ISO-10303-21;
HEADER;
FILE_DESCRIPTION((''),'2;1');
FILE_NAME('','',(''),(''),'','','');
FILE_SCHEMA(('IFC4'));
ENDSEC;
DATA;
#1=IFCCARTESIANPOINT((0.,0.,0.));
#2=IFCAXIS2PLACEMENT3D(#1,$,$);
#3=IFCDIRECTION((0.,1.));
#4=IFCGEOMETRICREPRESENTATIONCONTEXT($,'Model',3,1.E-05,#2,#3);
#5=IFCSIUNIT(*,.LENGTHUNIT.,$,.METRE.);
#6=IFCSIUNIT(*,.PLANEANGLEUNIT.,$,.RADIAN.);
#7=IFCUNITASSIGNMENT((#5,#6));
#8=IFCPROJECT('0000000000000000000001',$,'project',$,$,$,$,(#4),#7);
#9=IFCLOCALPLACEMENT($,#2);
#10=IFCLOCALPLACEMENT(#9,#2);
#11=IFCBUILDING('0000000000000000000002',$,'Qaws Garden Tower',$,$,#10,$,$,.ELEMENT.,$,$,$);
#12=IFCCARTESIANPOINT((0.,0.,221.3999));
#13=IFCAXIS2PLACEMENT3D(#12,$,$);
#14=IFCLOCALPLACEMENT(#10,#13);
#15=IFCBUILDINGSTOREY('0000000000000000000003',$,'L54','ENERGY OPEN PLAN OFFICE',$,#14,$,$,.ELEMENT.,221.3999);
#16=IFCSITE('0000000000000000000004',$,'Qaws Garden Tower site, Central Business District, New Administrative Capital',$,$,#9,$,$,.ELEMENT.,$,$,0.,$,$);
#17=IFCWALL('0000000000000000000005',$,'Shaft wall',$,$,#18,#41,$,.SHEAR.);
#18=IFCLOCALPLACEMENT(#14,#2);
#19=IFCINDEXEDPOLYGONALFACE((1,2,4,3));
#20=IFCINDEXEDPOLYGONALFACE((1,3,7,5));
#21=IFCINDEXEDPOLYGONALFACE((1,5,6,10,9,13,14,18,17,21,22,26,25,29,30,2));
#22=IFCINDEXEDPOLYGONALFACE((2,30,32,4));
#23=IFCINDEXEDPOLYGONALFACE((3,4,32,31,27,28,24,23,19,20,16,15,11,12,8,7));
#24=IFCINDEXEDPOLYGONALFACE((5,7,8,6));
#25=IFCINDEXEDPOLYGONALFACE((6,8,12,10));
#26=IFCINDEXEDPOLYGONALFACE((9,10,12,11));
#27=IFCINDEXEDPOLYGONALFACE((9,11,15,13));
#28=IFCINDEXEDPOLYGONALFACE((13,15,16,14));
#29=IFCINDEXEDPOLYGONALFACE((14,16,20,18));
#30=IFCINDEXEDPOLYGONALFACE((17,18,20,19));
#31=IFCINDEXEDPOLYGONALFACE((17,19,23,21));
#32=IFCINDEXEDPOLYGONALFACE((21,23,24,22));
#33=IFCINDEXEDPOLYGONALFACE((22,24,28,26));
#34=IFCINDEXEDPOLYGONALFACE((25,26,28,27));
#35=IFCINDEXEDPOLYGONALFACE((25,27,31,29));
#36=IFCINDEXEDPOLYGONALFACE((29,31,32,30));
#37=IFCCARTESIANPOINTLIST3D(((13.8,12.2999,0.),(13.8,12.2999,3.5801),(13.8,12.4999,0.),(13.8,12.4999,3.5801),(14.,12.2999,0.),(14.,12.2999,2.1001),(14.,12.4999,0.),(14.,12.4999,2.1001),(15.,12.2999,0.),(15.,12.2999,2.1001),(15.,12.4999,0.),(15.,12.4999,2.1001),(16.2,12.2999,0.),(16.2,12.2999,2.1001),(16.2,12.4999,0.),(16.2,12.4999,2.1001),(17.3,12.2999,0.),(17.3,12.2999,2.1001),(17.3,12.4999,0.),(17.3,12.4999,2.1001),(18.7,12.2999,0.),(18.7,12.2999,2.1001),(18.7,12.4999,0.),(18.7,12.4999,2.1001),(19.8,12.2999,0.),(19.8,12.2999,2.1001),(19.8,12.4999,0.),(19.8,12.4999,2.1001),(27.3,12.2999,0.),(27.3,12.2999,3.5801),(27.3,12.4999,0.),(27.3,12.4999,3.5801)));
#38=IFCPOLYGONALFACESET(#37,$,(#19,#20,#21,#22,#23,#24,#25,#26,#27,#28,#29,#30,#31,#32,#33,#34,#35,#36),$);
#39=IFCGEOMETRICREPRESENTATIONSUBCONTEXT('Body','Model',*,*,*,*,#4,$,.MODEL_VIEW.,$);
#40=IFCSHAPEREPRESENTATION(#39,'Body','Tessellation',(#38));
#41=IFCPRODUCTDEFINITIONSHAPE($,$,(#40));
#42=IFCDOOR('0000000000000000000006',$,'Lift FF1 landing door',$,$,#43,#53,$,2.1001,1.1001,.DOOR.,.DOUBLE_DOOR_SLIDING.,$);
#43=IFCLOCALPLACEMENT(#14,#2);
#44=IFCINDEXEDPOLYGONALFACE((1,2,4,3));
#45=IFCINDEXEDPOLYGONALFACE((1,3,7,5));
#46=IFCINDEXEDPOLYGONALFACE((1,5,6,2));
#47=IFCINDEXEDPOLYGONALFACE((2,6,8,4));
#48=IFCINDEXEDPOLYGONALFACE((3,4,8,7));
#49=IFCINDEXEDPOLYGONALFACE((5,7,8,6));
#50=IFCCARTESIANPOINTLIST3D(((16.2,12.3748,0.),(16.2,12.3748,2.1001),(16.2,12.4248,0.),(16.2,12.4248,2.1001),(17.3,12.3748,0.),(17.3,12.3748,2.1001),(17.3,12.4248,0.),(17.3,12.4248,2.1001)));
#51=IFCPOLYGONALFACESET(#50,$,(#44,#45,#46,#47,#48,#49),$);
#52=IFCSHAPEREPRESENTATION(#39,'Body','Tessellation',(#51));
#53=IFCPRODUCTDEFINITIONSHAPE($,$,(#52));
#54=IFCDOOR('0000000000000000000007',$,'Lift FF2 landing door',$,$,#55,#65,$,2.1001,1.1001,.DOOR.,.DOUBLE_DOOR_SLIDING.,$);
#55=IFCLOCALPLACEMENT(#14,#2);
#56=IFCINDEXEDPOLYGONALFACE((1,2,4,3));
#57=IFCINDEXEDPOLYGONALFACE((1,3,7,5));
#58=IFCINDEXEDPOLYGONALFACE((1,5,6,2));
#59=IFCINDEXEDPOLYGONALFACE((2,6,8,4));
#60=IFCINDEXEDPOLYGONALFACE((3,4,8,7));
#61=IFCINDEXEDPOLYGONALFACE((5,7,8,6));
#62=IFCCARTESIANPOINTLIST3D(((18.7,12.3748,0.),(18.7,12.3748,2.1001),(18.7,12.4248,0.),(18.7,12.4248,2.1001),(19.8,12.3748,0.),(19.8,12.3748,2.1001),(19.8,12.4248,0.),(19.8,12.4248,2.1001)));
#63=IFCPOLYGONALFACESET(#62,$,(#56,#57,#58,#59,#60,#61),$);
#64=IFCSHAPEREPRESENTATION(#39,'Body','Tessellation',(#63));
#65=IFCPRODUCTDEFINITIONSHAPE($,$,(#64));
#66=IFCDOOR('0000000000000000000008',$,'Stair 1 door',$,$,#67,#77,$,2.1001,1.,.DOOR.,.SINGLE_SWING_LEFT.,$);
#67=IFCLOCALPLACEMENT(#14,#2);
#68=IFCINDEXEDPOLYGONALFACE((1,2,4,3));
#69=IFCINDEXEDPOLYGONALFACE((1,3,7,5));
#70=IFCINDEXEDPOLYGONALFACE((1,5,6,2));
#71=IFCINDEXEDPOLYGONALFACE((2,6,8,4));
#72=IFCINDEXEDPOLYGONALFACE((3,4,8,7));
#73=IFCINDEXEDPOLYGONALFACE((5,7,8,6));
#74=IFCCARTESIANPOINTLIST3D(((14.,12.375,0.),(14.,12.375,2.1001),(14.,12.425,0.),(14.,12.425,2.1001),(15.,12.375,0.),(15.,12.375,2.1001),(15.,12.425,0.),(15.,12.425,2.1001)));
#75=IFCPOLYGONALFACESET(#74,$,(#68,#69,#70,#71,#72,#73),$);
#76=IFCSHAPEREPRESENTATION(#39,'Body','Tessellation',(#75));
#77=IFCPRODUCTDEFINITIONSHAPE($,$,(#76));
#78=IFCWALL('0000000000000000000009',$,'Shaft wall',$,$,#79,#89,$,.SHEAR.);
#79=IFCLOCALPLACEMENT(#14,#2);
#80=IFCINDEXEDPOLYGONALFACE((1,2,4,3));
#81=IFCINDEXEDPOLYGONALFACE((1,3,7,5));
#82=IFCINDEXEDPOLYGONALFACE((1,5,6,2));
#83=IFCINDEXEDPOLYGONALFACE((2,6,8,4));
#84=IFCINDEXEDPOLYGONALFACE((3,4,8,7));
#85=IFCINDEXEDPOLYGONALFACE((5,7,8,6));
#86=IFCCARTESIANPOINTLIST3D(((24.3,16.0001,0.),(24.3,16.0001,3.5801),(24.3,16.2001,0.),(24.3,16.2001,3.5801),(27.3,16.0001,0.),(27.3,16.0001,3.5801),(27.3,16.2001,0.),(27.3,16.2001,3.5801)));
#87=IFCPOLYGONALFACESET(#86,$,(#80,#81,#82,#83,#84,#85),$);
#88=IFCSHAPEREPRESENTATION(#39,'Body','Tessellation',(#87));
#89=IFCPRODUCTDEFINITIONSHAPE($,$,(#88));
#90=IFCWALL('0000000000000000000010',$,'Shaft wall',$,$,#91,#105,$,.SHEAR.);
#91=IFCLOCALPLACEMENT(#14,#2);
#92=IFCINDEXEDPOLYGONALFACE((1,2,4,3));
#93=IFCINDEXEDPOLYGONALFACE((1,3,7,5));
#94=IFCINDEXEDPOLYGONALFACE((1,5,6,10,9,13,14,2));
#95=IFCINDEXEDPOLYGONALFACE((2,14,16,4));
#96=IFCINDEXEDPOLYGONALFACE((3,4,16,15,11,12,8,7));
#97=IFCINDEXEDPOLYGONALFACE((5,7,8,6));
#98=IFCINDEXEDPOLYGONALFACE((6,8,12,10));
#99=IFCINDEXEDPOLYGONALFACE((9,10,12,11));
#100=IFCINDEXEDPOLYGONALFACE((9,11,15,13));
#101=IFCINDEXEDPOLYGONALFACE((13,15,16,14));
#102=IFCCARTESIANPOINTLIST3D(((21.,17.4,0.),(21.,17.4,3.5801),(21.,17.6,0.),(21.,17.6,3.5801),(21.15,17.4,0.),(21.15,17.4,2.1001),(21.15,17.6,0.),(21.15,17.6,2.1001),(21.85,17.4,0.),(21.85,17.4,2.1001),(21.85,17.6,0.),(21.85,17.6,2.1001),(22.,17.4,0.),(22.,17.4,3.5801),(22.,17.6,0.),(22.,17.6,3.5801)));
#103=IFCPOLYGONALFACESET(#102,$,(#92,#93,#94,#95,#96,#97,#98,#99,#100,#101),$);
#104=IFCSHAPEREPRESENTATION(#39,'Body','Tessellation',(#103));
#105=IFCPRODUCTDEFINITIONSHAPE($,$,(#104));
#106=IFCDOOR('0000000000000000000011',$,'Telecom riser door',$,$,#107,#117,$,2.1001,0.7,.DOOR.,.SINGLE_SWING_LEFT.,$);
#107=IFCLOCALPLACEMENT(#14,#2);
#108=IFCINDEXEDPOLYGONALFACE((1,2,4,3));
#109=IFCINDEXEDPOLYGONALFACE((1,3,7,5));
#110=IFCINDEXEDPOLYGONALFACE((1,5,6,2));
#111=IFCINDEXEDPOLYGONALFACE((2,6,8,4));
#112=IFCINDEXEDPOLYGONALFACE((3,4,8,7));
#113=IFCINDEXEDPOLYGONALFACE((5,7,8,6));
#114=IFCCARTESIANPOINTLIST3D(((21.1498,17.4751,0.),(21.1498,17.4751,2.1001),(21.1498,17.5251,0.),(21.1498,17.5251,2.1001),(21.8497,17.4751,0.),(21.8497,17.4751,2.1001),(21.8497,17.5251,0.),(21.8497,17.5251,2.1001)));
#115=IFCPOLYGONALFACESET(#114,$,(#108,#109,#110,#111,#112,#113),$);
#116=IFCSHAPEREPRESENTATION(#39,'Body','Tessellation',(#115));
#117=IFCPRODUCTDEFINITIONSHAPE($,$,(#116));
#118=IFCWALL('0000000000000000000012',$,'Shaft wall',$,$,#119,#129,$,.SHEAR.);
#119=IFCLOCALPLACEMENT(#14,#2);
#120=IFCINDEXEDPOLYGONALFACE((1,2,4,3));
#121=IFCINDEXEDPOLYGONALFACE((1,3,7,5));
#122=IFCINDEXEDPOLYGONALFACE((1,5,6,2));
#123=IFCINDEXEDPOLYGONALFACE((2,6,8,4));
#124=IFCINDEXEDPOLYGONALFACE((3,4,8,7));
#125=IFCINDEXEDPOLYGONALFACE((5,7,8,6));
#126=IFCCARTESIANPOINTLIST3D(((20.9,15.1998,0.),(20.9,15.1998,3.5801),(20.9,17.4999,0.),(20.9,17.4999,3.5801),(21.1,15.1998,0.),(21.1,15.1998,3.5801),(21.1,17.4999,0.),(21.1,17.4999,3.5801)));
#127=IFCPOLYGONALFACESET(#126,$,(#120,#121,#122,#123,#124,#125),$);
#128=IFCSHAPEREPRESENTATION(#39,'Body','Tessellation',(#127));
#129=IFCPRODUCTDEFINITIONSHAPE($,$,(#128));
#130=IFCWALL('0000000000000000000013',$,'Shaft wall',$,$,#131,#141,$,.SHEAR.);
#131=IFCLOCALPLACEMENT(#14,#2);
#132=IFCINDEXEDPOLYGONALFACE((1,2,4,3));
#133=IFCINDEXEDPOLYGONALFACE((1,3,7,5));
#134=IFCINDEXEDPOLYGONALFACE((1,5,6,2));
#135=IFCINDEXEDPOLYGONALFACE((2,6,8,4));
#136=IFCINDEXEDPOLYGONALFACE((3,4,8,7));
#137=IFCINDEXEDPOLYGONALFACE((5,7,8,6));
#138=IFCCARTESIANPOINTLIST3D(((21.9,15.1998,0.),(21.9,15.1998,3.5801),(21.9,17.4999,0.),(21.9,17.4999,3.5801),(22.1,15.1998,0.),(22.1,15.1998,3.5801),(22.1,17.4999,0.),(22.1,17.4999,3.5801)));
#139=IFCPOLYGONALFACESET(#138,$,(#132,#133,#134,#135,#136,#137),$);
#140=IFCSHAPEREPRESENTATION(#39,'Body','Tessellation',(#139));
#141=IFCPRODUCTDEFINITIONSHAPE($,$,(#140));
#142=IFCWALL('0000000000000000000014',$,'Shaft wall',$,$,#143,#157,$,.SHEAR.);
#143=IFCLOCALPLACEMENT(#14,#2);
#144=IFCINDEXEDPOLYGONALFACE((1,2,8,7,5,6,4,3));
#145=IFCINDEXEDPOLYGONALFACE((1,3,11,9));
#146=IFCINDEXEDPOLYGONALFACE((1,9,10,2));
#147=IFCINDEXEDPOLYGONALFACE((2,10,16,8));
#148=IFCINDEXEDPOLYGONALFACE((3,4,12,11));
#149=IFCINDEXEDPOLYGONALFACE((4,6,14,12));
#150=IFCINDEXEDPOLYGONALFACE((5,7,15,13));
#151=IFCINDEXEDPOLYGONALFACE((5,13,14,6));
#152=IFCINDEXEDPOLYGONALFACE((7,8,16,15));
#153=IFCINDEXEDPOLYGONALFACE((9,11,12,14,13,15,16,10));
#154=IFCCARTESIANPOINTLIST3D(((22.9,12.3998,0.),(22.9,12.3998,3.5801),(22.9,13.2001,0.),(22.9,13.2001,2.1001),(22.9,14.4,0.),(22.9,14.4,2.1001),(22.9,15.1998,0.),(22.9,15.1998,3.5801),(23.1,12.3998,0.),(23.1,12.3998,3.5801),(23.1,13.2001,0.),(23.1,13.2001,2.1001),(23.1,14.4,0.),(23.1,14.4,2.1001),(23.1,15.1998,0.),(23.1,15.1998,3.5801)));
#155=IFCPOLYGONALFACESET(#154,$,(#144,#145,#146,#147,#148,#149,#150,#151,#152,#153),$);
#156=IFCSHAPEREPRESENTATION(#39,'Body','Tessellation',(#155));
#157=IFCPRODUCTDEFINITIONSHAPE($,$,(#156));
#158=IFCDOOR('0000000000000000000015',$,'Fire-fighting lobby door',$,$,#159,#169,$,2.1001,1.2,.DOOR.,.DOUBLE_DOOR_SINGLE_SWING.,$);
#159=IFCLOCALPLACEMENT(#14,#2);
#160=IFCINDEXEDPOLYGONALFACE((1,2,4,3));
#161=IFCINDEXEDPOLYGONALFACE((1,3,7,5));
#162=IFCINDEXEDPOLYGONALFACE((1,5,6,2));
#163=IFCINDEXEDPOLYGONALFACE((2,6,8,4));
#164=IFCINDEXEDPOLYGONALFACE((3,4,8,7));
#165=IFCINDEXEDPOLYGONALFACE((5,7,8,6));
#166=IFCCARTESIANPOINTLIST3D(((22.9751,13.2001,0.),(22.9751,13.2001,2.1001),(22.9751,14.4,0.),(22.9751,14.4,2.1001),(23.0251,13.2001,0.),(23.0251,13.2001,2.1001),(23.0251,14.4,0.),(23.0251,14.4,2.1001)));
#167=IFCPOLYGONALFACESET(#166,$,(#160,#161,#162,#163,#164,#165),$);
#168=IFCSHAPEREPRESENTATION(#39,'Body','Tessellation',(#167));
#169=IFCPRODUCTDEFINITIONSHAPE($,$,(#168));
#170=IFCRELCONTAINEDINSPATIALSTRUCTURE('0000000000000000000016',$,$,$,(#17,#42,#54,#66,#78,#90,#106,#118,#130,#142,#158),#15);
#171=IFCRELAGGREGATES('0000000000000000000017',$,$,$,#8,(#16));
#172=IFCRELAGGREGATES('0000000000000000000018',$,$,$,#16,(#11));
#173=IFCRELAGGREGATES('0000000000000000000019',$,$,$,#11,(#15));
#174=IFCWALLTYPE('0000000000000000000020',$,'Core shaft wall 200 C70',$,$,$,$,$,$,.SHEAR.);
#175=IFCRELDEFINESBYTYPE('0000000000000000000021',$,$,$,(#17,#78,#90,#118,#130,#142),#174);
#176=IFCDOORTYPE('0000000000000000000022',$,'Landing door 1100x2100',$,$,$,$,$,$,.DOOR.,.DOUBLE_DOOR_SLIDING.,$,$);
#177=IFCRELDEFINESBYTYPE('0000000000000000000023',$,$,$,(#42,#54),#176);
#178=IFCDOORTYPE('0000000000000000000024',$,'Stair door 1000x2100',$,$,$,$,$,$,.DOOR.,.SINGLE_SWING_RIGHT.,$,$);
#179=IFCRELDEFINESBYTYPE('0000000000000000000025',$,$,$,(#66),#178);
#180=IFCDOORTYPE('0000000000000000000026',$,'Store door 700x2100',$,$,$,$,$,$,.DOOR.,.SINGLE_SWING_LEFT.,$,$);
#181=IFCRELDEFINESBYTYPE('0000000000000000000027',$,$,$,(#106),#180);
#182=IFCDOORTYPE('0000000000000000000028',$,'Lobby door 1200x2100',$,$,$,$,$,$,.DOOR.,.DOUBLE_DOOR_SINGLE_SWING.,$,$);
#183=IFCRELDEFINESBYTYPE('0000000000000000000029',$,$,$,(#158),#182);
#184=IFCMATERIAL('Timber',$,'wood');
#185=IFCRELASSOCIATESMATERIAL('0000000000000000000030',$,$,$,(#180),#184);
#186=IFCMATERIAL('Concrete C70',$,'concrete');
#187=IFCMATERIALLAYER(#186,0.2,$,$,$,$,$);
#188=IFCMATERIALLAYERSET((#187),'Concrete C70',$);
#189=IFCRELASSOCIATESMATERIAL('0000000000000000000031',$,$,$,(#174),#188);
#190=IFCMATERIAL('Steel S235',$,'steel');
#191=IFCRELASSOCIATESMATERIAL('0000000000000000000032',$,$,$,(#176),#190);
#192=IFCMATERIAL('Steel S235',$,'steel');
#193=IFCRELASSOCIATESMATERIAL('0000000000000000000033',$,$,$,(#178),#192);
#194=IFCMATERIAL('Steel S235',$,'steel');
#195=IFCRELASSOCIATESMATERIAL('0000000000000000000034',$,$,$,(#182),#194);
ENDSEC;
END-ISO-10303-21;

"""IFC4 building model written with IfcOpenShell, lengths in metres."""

from ifc_helpers import new_model, si_unit, direction, frame, frame_2d, origin, place, context, subcontext, project, spatial, rectangle, extrude, material, layer, layer_set, type_object, element, fill, save


model = new_model("IFC4")

# Units and contexts
model_context = context("Model", 3, precision=1e-05, world=origin(), true_north=direction((0.0, 1.0)))
body_context = subcontext(model_context, "Body", "Model", "MODEL_VIEW")
ifc_project = project(units=[si_unit("LENGTHUNIT", "METRE"), si_unit("PLANEANGLEUNIT", "RADIAN")], contexts=[model_context])

# Site, building, storey
site_placement = place(None, origin())
site = spatial("IfcSite", under=ifc_project, at=site_placement, Name="Qaws Garden Tower site, Central Business District, New Administrative Capital", CompositionType="ELEMENT", RefElevation=0.0)
building_placement = place(site_placement, origin())
building = spatial("IfcBuilding", under=site, at=building_placement, Name="Qaws Garden Tower", CompositionType="ELEMENT")
storey_placement = place(building_placement, frame((0.0, 0.0, 221.3999)))
storey = spatial("IfcBuildingStorey", under=building, at=storey_placement, Name="L54", Description="ENERGY OPEN PLAN OFFICE", CompositionType="ELEMENT", Elevation=221.3999)

# Shared definitions
ifc_material_1 = material(Name="Timber", Category="wood")
door_type_1 = type_object("IfcDoorType", Name="Store door 700x2100", OperationType="SINGLE_SWING_LEFT", PredefinedType="DOOR", material=ifc_material_1)

# Wall, openings, doors
ifc_material_2 = material(Name="Concrete C70", Category="concrete")
ifc_layer_1 = layer(ifc_material_2, 0.2)
ifc_layer_set_1 = layer_set([ifc_layer_1], Name="Concrete C70")
wall_type_1 = type_object("IfcWallType", Name="Core shaft wall 200 C70", PredefinedType="SHEAR", material=ifc_layer_set_1)
wall_1_placement = place(storey_placement, frame((13.8, 12.3999, 0.0), z_axis=(0.0, 0.0, 1.0), x_axis=(1.0, 0.0, 0.0)))
wall_1 = element("IfcWall", 1, at=wall_1_placement, inside=storey, type_object=wall_type_1, Name="Shaft wall", PredefinedType="SHEAR", context=body_context, shape_type="SweptSolid", body=[
    extrude(rectangle(XDim=13.5, YDim=0.2, at=frame_2d((6.75, 0.0))), origin(), (0.0, 0.0, 1.0), 3.5801),
])
opening_1_placement = place(wall_1_placement, frame((2.3999, 0.0, 0.0)))
opening_1 = element("IfcOpeningElement", 2, at=opening_1_placement, cuts=wall_1, PredefinedType="OPENING", context=body_context, shape_type="SweptSolid", body=[
    extrude(rectangle(XDim=1.1001, YDim=2.1001, at=frame_2d((0.55, 1.05))), frame((0.0, 0.1099, 0.0), z_axis=(0.0, -1.0, 0.0), x_axis=(1.0, 0.0, 0.0)), (0.0, 0.0, 1.0), 0.22),
])
opening_2_placement = place(wall_1_placement, frame((4.8999, 0.0, 0.0)))
opening_2 = element("IfcOpeningElement", 3, at=opening_2_placement, cuts=wall_1, PredefinedType="OPENING", context=body_context, shape_type="SweptSolid", body=[
    extrude(rectangle(XDim=1.1001, YDim=2.1001, at=frame_2d((0.55, 1.05))), frame((0.0, 0.1099, 0.0), z_axis=(0.0, -1.0, 0.0), x_axis=(1.0, 0.0, 0.0)), (0.0, 0.0, 1.0), 0.22),
])
opening_3_placement = place(wall_1_placement, frame((0.2, 0.0, 0.0)))
opening_3 = element("IfcOpeningElement", 4, at=opening_3_placement, cuts=wall_1, PredefinedType="OPENING", context=body_context, shape_type="SweptSolid", body=[
    extrude(rectangle(XDim=1.0, YDim=2.1001, at=frame_2d((0.5, 1.05))), frame((0.0, 0.1099, 0.0), z_axis=(0.0, -1.0, 0.0), x_axis=(1.0, 0.0, 0.0)), (0.0, 0.0, 1.0), 0.22),
])
ifc_material_3 = material(Name="Steel S235", Category="steel")
door_type_2 = type_object("IfcDoorType", Name="Landing door 1100x2100", OperationType="DOUBLE_DOOR_SLIDING", PredefinedType="DOOR", material=ifc_material_3)
door_1_placement = place(opening_1_placement, origin())
door_1 = element("IfcDoor", 5, at=door_1_placement, inside=storey, type_object=door_type_2, Name="Lift FF1 landing door", OperationType="DOUBLE_DOOR_SLIDING", OverallHeight=2.1001, OverallWidth=1.1001, PredefinedType="DOOR", context=body_context, shape_type="SweptSolid", body=[
    extrude(rectangle(XDim=1.1001, YDim=2.1001, at=frame_2d((0.55, 1.05))), frame((0.0, 0.0249, 0.0), z_axis=(0.0, -1.0, 0.0), x_axis=(1.0, 0.0, 0.0)), (0.0, 0.0, 1.0), 0.05),
])
fill(opening_1, door_1)
door_2_placement = place(opening_2_placement, origin())
door_2 = element("IfcDoor", 6, at=door_2_placement, inside=storey, type_object=door_type_2, Name="Lift FF2 landing door", OperationType="DOUBLE_DOOR_SLIDING", OverallHeight=2.1001, OverallWidth=1.1001, PredefinedType="DOOR", context=body_context, shape_type="SweptSolid", body=[
    extrude(rectangle(XDim=1.1001, YDim=2.1001, at=frame_2d((0.55, 1.05))), frame((0.0, 0.0249, 0.0), z_axis=(0.0, -1.0, 0.0), x_axis=(1.0, 0.0, 0.0)), (0.0, 0.0, 1.0), 0.05),
])
fill(opening_2, door_2)
ifc_material_4 = material(Name="Steel S235", Category="steel")
door_type_3 = type_object("IfcDoorType", Name="Stair door 1000x2100", OperationType="SINGLE_SWING_RIGHT", PredefinedType="DOOR", material=ifc_material_4)
door_3_placement = place(opening_3_placement, frame((1.0, 0.0, 0.0), z_axis=(0.0, 0.0, 1.0), x_axis=(-1.0, 0.0, 0.0)))
door_3 = element("IfcDoor", 7, at=door_3_placement, inside=storey, type_object=door_type_3, Name="Stair 1 door", OperationType="SINGLE_SWING_LEFT", OverallHeight=2.1001, OverallWidth=1.0, PredefinedType="DOOR", context=body_context, shape_type="SweptSolid", body=[
    extrude(rectangle(XDim=1.0, YDim=2.1001, at=frame_2d((0.5, 1.05))), frame((0.0, 0.0249, 0.0), z_axis=(0.0, -1.0, 0.0), x_axis=(1.0, 0.0, 0.0)), (0.0, 0.0, 1.0), 0.05),
])
fill(opening_3, door_3)

# Wall
wall_2_placement = place(storey_placement, frame((24.3, 16.1001, 0.0), z_axis=(0.0, 0.0, 1.0), x_axis=(1.0, 0.0, 0.0)))
element("IfcWall", 8, at=wall_2_placement, inside=storey, type_object=wall_type_1, Name="Shaft wall", PredefinedType="SHEAR", context=body_context, shape_type="SweptSolid", body=[
    extrude(rectangle(XDim=3.0, YDim=0.2, at=frame_2d((1.5, 0.0))), origin(), (0.0, 0.0, 1.0), 3.5801),
])

# Wall, opening, door
wall_3_placement = place(storey_placement, frame((21.0, 17.5, 0.0), z_axis=(0.0, 0.0, 1.0), x_axis=(1.0, 0.0, 0.0)))
wall_3 = element("IfcWall", 9, at=wall_3_placement, inside=storey, type_object=wall_type_1, Name="Shaft wall", PredefinedType="SHEAR", context=body_context, shape_type="SweptSolid", body=[
    extrude(rectangle(XDim=1.0, YDim=0.2, at=frame_2d((0.5, 0.0))), origin(), (0.0, 0.0, 1.0), 3.5801),
])
opening_4_placement = place(wall_3_placement, frame((0.1499, 0.0, 0.0)))
opening_4 = element("IfcOpeningElement", 10, at=opening_4_placement, cuts=wall_3, PredefinedType="OPENING", context=body_context, shape_type="SweptSolid", body=[
    extrude(rectangle(XDim=0.7, YDim=2.1001, at=frame_2d((0.3501, 1.05))), frame((0.0, 0.1099, 0.0), z_axis=(0.0, -1.0, 0.0), x_axis=(1.0, 0.0, 0.0)), (0.0, 0.0, 1.0), 0.22),
])
door_4_placement = place(opening_4_placement, frame((0.7, 0.0, 0.0), z_axis=(0.0, 0.0, 1.0), x_axis=(-1.0, 0.0, 0.0)))
door_4 = element("IfcDoor", 11, at=door_4_placement, inside=storey, type_object=door_type_1, Name="Telecom riser door", OperationType="SINGLE_SWING_LEFT", OverallHeight=2.1001, OverallWidth=0.7, PredefinedType="DOOR", context=body_context, shape_type="SweptSolid", body=[
    extrude(rectangle(XDim=0.7, YDim=2.1001, at=frame_2d((0.3501, 1.05))), frame((0.0, 0.0249, 0.0), z_axis=(0.0, -1.0, 0.0), x_axis=(1.0, 0.0, 0.0)), (0.0, 0.0, 1.0), 0.05),
])
fill(opening_4, door_4)

# Walls
for number, where, z_axis, x_axis, name in (
    (12, (21.0, 15.2, 0.0), (0.0, 0.0, 1.0), (0.0, 1.0, 0.0), "Shaft wall"),
    (13, (22.0, 15.2, 0.0), (0.0, 0.0, 1.0), (0.0, 1.0, 0.0), "Shaft wall"),
):
    element("IfcWall", number, at=place(storey_placement, frame(where, z_axis=z_axis, x_axis=x_axis)), inside=storey, type_object=wall_type_1, Name=name, PredefinedType="SHEAR", context=body_context, shape_type="SweptSolid", body=[
        extrude(rectangle(XDim=2.3, YDim=0.2, at=frame_2d((1.1499, 0.0))), origin(), (0.0, 0.0, 1.0), 3.5801),
    ])

# Wall, opening, door
wall_4_placement = place(storey_placement, frame((23.0, 12.3999, 0.0), z_axis=(0.0, 0.0, 1.0), x_axis=(0.0, 1.0, 0.0)))
wall_4 = element("IfcWall", 14, at=wall_4_placement, inside=storey, type_object=wall_type_1, Name="Shaft wall", PredefinedType="SHEAR", context=body_context, shape_type="SweptSolid", body=[
    extrude(rectangle(XDim=2.8, YDim=0.2, at=frame_2d((1.3999, 0.0))), origin(), (0.0, 0.0, 1.0), 3.5801),
])
opening_5_placement = place(wall_4_placement, frame((0.8, 0.0, 0.0)))
opening_5 = element("IfcOpeningElement", 15, at=opening_5_placement, cuts=wall_4, PredefinedType="OPENING", context=body_context, shape_type="SweptSolid", body=[
    extrude(rectangle(XDim=1.2, YDim=2.1001, at=frame_2d((0.6001, 1.05))), frame((0.0, 0.1099, 0.0), z_axis=(0.0, -1.0, 0.0), x_axis=(1.0, 0.0, 0.0)), (0.0, 0.0, 1.0), 0.22),
])
ifc_material_5 = material(Name="Steel S235", Category="steel")
door_type_4 = type_object("IfcDoorType", Name="Lobby door 1200x2100", OperationType="DOUBLE_DOOR_SINGLE_SWING", PredefinedType="DOOR", material=ifc_material_5)
door_5_placement = place(opening_5_placement, origin())
door_5 = element("IfcDoor", 16, at=door_5_placement, inside=storey, type_object=door_type_4, Name="Fire-fighting lobby door", OperationType="DOUBLE_DOOR_SINGLE_SWING", OverallHeight=2.1001, OverallWidth=1.2, PredefinedType="DOOR", context=body_context, shape_type="SweptSolid", body=[
    extrude(rectangle(XDim=1.2, YDim=2.1001, at=frame_2d((0.6001, 1.05))), frame((0.0, 0.0249, 0.0), z_axis=(0.0, -1.0, 0.0), x_axis=(1.0, 0.0, 0.0)), (0.0, 0.0, 1.0), 0.05),
])
fill(opening_5, door_5)

save(model, "model.ifc")
